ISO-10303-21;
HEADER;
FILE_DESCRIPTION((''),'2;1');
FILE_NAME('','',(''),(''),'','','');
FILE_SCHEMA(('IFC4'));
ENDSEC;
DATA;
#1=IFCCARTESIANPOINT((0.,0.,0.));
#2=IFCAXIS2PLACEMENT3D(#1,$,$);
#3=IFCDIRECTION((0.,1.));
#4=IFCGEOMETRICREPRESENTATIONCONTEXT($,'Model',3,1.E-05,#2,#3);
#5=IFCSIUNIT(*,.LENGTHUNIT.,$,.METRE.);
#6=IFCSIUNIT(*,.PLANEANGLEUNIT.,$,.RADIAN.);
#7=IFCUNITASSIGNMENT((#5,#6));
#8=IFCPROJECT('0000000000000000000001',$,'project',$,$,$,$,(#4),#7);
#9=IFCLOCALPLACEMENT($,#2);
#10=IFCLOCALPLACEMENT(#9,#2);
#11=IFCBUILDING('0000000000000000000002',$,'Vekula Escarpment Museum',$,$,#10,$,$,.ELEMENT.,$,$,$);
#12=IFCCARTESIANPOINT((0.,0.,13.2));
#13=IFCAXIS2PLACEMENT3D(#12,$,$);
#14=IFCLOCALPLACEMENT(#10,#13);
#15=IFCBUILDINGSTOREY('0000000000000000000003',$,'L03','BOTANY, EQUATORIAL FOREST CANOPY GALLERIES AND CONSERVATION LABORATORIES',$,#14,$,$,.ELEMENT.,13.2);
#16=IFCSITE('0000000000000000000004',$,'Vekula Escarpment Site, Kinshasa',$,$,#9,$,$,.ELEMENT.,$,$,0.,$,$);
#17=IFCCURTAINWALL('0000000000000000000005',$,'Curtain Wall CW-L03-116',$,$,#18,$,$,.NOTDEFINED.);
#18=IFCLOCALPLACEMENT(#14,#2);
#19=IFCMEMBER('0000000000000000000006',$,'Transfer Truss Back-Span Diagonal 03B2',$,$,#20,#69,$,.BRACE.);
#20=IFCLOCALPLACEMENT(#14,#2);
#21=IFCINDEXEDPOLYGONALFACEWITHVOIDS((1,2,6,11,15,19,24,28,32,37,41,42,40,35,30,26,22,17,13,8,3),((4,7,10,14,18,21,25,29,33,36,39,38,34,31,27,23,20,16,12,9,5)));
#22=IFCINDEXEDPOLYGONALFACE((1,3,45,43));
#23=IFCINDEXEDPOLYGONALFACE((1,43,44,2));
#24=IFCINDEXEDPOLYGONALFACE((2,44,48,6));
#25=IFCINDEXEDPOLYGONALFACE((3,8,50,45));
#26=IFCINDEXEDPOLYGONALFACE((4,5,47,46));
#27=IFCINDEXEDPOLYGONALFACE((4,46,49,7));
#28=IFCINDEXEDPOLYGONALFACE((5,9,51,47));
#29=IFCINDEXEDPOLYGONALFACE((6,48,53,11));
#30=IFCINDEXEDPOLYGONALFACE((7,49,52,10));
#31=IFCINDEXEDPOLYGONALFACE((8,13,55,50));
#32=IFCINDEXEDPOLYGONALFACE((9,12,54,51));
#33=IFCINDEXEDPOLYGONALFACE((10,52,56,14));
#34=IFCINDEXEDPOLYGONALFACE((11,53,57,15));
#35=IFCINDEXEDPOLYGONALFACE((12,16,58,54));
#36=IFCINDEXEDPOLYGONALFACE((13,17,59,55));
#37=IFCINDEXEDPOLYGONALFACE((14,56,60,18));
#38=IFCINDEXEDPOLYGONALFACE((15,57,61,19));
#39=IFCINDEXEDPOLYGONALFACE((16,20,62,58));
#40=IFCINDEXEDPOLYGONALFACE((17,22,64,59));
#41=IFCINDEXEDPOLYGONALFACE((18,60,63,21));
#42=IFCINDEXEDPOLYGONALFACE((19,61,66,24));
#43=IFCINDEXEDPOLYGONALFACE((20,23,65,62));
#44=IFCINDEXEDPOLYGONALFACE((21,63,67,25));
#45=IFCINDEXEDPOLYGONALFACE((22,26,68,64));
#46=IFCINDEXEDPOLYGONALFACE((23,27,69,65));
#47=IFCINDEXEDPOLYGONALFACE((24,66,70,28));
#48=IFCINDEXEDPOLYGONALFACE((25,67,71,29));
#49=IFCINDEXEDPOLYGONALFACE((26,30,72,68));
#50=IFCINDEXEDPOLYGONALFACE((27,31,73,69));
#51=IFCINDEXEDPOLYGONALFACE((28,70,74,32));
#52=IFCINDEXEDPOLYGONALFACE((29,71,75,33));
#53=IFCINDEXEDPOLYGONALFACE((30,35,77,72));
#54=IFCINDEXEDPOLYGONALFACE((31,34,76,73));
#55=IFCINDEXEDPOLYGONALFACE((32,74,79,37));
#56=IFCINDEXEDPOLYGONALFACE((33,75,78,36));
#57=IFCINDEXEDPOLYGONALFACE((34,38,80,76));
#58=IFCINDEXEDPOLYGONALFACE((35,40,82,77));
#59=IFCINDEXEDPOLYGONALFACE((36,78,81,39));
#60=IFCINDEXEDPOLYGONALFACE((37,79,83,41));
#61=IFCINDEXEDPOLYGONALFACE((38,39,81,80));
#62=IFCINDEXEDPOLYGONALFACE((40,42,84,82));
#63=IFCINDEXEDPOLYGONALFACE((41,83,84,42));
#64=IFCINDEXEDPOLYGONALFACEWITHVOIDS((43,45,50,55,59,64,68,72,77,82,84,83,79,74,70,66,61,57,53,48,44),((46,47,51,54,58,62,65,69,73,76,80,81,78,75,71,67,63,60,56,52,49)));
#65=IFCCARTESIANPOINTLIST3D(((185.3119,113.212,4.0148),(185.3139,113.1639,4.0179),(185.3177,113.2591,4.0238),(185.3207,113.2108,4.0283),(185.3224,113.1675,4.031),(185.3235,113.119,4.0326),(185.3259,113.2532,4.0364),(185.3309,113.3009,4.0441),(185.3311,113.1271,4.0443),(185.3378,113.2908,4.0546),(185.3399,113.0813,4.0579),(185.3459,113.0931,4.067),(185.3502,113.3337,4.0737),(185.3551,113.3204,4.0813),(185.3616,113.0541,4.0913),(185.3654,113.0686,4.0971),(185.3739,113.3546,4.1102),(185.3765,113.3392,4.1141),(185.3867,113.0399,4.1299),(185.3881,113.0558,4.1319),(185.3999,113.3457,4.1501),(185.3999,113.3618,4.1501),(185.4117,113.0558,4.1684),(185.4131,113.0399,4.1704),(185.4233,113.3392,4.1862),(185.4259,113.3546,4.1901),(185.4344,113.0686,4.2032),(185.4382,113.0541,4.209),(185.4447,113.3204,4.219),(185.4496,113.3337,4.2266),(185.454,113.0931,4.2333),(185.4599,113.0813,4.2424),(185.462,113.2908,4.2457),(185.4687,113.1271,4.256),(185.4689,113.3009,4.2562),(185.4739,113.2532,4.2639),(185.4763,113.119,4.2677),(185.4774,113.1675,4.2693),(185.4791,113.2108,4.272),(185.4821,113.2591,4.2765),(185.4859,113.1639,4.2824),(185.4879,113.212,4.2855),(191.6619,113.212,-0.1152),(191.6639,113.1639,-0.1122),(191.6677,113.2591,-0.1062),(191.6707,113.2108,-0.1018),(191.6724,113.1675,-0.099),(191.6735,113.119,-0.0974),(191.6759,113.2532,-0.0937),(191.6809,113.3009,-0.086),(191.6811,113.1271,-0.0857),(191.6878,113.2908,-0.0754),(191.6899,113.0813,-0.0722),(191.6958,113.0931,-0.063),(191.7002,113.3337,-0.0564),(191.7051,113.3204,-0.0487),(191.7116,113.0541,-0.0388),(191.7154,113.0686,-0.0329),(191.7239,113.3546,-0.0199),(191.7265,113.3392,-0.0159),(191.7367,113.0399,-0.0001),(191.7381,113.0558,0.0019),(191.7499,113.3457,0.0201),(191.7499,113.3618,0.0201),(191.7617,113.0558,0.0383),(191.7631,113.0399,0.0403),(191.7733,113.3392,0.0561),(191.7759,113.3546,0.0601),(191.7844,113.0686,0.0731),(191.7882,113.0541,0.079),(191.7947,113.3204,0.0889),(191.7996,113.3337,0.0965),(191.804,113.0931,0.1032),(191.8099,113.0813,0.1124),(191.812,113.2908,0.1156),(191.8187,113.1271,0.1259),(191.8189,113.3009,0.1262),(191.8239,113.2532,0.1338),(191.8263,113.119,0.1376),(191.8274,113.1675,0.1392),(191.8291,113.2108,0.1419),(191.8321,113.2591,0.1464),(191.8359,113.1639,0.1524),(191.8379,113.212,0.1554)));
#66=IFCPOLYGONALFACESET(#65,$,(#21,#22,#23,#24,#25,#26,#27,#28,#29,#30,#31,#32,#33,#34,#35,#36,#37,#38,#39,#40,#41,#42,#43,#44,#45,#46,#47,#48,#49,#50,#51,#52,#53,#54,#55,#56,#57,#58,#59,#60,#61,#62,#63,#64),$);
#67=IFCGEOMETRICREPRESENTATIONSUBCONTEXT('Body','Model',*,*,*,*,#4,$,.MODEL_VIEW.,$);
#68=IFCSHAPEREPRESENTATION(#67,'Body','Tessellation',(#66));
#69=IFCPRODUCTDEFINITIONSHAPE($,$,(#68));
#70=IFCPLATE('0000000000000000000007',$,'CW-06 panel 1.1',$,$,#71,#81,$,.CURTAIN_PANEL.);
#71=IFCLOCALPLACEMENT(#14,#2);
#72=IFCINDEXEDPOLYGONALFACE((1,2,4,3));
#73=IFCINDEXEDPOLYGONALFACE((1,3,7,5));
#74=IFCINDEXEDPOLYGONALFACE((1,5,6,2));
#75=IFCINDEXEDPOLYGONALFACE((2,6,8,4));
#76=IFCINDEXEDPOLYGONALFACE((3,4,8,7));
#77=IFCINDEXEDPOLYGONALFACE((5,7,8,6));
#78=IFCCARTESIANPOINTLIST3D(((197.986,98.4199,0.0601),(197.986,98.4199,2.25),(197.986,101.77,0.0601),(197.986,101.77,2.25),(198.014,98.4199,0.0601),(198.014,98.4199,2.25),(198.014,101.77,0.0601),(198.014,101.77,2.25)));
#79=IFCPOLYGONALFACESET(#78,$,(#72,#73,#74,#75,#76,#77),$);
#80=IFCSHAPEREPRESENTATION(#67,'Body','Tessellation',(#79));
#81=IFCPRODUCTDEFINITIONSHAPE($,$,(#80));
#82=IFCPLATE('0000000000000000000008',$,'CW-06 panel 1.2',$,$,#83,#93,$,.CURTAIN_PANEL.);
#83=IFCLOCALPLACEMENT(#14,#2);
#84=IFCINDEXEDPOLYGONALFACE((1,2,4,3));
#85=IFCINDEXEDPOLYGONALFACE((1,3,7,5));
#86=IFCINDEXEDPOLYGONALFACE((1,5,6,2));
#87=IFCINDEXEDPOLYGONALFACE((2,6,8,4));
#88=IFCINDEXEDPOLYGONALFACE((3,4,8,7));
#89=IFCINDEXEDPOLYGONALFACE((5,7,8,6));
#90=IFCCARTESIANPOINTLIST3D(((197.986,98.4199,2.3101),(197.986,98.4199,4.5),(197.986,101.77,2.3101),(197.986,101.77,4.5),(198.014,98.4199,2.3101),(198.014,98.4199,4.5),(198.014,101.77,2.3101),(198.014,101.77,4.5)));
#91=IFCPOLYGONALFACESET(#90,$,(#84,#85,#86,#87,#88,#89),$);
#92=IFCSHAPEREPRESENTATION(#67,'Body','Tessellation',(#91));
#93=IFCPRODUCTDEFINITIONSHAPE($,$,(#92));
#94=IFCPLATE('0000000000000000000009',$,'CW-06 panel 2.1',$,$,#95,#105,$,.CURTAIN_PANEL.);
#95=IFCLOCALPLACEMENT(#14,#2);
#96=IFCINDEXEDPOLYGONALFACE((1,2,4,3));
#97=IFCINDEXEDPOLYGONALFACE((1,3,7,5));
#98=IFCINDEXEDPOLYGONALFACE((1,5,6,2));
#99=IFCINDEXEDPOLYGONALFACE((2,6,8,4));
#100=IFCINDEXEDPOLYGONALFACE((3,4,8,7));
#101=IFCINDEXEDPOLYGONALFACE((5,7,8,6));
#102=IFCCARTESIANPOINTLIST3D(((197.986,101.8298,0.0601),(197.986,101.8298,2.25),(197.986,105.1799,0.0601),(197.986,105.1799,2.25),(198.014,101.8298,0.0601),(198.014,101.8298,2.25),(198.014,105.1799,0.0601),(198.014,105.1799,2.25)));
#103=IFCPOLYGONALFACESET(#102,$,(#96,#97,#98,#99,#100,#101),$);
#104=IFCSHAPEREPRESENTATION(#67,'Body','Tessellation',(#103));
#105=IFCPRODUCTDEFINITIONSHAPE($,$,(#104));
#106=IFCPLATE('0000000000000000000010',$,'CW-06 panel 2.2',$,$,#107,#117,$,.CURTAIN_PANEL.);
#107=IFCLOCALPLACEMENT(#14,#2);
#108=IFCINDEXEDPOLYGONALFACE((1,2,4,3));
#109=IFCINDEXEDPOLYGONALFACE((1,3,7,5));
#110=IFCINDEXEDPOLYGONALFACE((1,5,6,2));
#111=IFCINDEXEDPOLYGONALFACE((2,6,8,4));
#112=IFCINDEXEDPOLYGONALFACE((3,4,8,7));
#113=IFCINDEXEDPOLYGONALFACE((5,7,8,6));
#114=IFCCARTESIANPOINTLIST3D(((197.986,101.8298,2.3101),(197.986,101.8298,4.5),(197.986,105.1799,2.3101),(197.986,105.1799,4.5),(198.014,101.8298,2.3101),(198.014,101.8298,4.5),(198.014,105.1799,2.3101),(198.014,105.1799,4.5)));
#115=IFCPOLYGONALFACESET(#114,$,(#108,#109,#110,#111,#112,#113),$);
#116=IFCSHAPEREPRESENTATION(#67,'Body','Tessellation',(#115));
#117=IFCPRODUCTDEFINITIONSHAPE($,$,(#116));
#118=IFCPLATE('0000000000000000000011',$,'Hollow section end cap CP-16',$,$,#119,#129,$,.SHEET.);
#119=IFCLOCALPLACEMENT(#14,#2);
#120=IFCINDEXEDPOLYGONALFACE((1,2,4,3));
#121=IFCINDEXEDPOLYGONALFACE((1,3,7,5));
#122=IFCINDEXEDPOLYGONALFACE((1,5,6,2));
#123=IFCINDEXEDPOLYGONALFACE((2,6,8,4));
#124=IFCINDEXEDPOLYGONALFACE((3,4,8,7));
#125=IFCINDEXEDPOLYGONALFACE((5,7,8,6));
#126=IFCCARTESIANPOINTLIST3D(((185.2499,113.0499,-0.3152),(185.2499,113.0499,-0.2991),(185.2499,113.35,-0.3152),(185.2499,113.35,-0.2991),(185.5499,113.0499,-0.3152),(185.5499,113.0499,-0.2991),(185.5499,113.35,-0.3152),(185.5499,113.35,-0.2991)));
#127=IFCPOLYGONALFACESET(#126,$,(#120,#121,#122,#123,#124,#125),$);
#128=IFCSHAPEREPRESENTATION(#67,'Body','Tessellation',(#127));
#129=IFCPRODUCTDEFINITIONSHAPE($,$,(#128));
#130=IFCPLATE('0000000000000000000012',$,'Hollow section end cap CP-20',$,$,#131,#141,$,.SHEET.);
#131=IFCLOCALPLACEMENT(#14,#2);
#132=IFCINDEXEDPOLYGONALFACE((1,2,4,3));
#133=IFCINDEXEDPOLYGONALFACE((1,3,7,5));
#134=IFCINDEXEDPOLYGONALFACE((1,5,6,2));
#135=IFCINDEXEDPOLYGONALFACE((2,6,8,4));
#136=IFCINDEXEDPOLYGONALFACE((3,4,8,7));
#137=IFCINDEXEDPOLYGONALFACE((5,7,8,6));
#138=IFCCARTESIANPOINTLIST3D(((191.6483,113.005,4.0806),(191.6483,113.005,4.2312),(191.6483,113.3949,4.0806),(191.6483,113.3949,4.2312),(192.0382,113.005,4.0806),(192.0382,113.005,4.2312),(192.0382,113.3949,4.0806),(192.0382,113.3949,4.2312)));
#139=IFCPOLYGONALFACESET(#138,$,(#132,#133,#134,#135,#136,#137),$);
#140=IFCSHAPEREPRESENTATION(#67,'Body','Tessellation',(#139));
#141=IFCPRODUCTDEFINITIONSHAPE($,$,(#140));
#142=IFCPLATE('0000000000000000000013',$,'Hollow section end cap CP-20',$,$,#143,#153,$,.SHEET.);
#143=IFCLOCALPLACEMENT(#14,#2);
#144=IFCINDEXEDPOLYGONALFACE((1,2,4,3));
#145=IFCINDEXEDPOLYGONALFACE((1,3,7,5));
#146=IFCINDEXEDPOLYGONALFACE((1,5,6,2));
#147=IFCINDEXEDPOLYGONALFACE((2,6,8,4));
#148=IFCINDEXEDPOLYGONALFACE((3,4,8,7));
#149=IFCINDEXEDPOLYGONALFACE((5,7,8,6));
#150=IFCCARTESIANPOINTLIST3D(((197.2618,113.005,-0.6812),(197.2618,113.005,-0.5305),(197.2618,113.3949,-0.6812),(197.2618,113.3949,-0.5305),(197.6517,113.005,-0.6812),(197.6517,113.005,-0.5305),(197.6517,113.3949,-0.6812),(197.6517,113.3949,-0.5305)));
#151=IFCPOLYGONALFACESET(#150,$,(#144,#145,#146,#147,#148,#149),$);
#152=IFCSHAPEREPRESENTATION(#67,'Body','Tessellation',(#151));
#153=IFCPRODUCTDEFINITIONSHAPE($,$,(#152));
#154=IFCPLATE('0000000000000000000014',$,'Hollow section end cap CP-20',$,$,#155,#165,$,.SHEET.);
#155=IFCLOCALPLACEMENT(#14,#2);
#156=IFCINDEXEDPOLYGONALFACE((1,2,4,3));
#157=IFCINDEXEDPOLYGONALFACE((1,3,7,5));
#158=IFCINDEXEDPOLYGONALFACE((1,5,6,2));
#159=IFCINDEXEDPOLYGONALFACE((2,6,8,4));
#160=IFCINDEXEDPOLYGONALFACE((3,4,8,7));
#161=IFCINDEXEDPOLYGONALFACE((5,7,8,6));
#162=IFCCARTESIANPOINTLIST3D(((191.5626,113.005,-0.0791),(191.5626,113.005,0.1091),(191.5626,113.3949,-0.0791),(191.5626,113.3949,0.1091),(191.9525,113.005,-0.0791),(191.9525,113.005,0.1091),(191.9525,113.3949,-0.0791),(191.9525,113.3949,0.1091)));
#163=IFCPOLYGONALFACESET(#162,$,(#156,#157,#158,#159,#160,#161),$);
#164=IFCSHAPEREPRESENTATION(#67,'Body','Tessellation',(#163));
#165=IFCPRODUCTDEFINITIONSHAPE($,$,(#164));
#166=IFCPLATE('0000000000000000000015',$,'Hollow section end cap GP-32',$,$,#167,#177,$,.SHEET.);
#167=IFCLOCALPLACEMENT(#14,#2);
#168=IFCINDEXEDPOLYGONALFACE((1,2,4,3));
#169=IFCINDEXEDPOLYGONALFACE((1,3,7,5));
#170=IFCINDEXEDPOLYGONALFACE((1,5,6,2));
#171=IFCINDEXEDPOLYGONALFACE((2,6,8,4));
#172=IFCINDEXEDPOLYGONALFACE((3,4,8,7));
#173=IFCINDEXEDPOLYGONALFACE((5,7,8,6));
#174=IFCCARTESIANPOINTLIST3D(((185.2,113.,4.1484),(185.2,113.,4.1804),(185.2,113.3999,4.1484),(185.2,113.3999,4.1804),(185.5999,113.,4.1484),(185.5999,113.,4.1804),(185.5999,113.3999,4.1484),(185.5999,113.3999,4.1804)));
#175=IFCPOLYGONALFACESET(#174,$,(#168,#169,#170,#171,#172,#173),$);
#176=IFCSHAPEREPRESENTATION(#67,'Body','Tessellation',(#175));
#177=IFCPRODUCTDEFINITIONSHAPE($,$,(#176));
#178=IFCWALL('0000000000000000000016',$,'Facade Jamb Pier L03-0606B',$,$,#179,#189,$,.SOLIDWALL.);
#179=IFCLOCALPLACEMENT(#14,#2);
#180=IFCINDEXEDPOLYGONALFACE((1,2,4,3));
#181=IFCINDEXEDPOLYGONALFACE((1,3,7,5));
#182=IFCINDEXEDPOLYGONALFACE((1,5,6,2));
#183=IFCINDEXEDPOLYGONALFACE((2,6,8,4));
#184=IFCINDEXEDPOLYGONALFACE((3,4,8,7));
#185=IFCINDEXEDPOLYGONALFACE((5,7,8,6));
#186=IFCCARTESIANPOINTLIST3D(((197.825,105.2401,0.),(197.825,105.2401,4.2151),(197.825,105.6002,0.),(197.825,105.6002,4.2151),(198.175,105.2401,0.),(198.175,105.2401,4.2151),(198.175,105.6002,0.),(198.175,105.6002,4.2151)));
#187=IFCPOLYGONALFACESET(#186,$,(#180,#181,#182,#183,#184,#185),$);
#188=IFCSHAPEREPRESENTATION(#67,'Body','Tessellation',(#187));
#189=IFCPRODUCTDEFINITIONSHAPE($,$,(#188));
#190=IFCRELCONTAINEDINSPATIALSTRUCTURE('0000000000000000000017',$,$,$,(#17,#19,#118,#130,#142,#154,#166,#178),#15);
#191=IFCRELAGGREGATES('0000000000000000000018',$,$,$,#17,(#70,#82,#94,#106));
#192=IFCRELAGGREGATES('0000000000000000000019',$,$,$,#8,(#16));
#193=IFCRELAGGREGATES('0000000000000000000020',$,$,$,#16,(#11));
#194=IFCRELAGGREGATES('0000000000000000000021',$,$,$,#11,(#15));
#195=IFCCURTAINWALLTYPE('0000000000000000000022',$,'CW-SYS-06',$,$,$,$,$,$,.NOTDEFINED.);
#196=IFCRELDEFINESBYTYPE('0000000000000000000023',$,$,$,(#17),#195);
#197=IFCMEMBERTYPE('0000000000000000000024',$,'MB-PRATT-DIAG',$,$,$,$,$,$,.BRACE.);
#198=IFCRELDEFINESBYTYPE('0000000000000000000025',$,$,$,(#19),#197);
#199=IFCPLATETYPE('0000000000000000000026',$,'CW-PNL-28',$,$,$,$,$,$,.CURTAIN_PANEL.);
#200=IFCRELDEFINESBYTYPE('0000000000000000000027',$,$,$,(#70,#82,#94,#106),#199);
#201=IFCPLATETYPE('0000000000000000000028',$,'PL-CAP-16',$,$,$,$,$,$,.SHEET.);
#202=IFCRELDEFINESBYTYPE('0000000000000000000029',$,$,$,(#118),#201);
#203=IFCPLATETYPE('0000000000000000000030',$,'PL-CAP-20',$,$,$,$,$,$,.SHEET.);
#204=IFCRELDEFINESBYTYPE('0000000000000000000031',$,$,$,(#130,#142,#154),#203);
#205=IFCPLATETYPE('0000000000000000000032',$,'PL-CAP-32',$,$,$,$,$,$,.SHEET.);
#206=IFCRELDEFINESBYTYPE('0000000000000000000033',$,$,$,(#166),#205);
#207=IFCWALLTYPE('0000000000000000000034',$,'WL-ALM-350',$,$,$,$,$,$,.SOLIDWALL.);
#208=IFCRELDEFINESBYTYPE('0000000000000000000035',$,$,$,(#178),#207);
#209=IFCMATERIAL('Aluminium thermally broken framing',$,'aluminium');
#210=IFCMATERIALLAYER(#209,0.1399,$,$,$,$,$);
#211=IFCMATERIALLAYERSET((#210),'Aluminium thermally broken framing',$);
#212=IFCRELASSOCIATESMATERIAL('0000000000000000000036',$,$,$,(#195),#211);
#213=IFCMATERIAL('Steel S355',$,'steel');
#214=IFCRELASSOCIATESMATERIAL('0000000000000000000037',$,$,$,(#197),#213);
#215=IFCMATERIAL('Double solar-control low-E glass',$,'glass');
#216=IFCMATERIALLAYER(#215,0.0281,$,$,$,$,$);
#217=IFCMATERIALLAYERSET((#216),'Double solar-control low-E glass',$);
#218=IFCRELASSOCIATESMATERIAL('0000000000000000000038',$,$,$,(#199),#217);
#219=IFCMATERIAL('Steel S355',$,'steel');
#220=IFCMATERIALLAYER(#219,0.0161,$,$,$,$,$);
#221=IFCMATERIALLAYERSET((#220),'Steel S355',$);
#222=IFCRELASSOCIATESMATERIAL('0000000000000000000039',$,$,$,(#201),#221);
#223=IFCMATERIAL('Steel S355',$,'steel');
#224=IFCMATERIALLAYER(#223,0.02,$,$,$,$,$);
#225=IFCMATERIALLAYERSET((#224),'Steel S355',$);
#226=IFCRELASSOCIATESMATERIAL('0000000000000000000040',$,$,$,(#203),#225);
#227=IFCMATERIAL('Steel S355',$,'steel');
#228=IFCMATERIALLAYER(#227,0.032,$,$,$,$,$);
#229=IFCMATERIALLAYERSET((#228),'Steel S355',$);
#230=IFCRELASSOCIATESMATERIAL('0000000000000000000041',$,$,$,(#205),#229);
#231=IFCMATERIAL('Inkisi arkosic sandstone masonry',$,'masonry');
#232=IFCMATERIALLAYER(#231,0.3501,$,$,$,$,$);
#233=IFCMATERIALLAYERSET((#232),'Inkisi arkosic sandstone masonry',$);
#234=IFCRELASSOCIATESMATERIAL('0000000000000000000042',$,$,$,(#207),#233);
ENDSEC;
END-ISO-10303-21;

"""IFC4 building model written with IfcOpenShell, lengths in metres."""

from ifc_helpers import new_model, si_unit, direction, frame, frame_2d, origin, origin_2d, place, context, subcontext, project, spatial, rectangle, hollow_circle, extrude, material, layer, layer_set, material_profile, profile_set, type_object, element, aggregate, save


model = new_model("IFC4")

# Units and contexts
model_context = context("Model", 3, precision=1e-05, world=origin(), true_north=direction((0.0, 1.0)))
body_context = subcontext(model_context, "Body", "Model", "MODEL_VIEW")
ifc_project = project(units=[si_unit("LENGTHUNIT", "METRE"), si_unit("PLANEANGLEUNIT", "RADIAN")], contexts=[model_context])

# Site, building, storey
site_placement = place(None, origin())
site = spatial("IfcSite", under=ifc_project, at=site_placement, Name="Vekula Escarpment Site, Kinshasa", CompositionType="ELEMENT", RefElevation=0.0)
building_placement = place(site_placement, origin())
building = spatial("IfcBuilding", under=site, at=building_placement, Name="Vekula Escarpment Museum", CompositionType="ELEMENT")
storey_placement = place(building_placement, frame((0.0, 0.0, 13.2)))
storey = spatial("IfcBuildingStorey", under=building, at=storey_placement, Name="L03", Description="BOTANY, EQUATORIAL FOREST CANOPY GALLERIES AND CONSERVATION LABORATORIES", CompositionType="ELEMENT", Elevation=13.2)

# Curtain wall
ifc_material_1 = material(Name="Aluminium thermally broken framing", Category="aluminium")
ifc_layer_1 = layer(ifc_material_1, 0.1399)
ifc_layer_set_1 = layer_set([ifc_layer_1], Name="Aluminium thermally broken framing")
curtain_wall_type = type_object("IfcCurtainWallType", Name="CW-SYS-06", PredefinedType="NOTDEFINED", material=ifc_layer_set_1)
curtain_wall_placement = place(storey_placement, origin())
curtain_wall = element("IfcCurtainWall", 1, at=curtain_wall_placement, inside=storey, type_object=curtain_wall_type, Name="Curtain Wall CW-L03-116", PredefinedType="NOTDEFINED")

# Member
ifc_material_2 = material(Name="Steel S355", Category="steel")
ifc_material_profile_1 = material_profile(ifc_material_2, hollow_circle(Radius=0.1619, WallThickness=0.0161, at=origin_2d()), Name="CHS 323.9x16")
ifc_profile_set_1 = profile_set([ifc_material_profile_1], Name="Steel S355")
member_type_1 = type_object("IfcMemberType", Name="MB-PRATT-DIAG", PredefinedType="BRACE", material=ifc_profile_set_1)
member_1_placement = place(storey_placement, frame((185.3999, 113.2, 4.1501), z_axis=(0.838289, 0.0, -0.545226), x_axis=(0.0, 1.0, 0.0)))
element("IfcMember", 2, at=member_1_placement, inside=storey, type_object=member_type_1, Name="Transfer Truss Back-Span Diagonal 03B2", PredefinedType="BRACE", context=body_context, shape_type="SweptSolid", body=[
    extrude(hollow_circle(Radius=0.1619, WallThickness=0.0161, at=origin_2d()), origin(), (0.0, 0.0, 1.0), 7.575),
])

# Plates
ifc_material_3 = material(Name="Double solar-control low-E glass", Category="glass")
ifc_layer_2 = layer(ifc_material_3, 0.0281)
ifc_layer_set_2 = layer_set([ifc_layer_2], Name="Double solar-control low-E glass")
plate_type_1 = type_object("IfcPlateType", Name="CW-PNL-28", PredefinedType="CURTAIN_PANEL", material=ifc_layer_set_2)
plate_1_placement = place(storey_placement, frame((198.0, 100.095, 0.0601), z_axis=(0.0, 0.0, 1.0), x_axis=(0.0, 1.0, 0.0)))
plate_1 = element("IfcPlate", 3, at=plate_1_placement, type_object=plate_type_1, Name="CW-06 panel 1.1", PredefinedType="CURTAIN_PANEL", context=body_context, shape_type="SweptSolid", body=[
    extrude(rectangle(XDim=3.3501, YDim=0.0281, at=origin_2d()), origin(), (0.0, 0.0, 1.0), 2.1899),
])
plate_2_placement = place(storey_placement, frame((198.0, 100.095, 2.3101), z_axis=(0.0, 0.0, 1.0), x_axis=(0.0, 1.0, 0.0)))
plate_2 = element("IfcPlate", 4, at=plate_2_placement, type_object=plate_type_1, Name="CW-06 panel 1.2", PredefinedType="CURTAIN_PANEL", context=body_context, shape_type="SweptSolid", body=[
    extrude(rectangle(XDim=3.3501, YDim=0.0281, at=origin_2d()), origin(), (0.0, 0.0, 1.0), 2.1899),
])
plate_3_placement = place(storey_placement, frame((198.0, 103.5049, 0.0601), z_axis=(0.0, 0.0, 1.0), x_axis=(0.0, 1.0, 0.0)))
plate_3 = element("IfcPlate", 5, at=plate_3_placement, type_object=plate_type_1, Name="CW-06 panel 2.1", PredefinedType="CURTAIN_PANEL", context=body_context, shape_type="SweptSolid", body=[
    extrude(rectangle(XDim=3.3501, YDim=0.0281, at=origin_2d()), origin(), (0.0, 0.0, 1.0), 2.1899),
])
plate_4_placement = place(storey_placement, frame((198.0, 103.5049, 2.3101), z_axis=(0.0, 0.0, 1.0), x_axis=(0.0, 1.0, 0.0)))
plate_4 = element("IfcPlate", 6, at=plate_4_placement, type_object=plate_type_1, Name="CW-06 panel 2.2", PredefinedType="CURTAIN_PANEL", context=body_context, shape_type="SweptSolid", body=[
    extrude(rectangle(XDim=3.3501, YDim=0.0281, at=origin_2d()), origin(), (0.0, 0.0, 1.0), 2.1899),
])
aggregate(curtain_wall, [plate_1, plate_2, plate_3, plate_4])

# Plates
ifc_material_4 = material(Name="Steel S355", Category="steel")
ifc_layer_3 = layer(ifc_material_4, 0.0161)
ifc_layer_set_3 = layer_set([ifc_layer_3], Name="Steel S355")
plate_type_2 = type_object("IfcPlateType", Name="PL-CAP-16", PredefinedType="SHEET", material=ifc_layer_set_3)
plate_5_placement = place(storey_placement, frame((185.3999, 113.2, -0.3152), z_axis=(0.0, 0.0, 1.0), x_axis=(1.0, 0.0, 0.0)))
element("IfcPlate", 7, at=plate_5_placement, inside=storey, type_object=plate_type_2, Name="Hollow section end cap CP-16", PredefinedType="SHEET", context=body_context, shape_type="SweptSolid", body=[
    extrude(rectangle(XDim=0.3, YDim=0.3, at=origin_2d()), origin(), (0.0, 0.0, 1.0), 0.0161),
])
ifc_material_5 = material(Name="Steel S355", Category="steel")
ifc_layer_4 = layer(ifc_material_5, 0.02)
ifc_layer_set_4 = layer_set([ifc_layer_4], Name="Steel S355")
plate_type_3 = type_object("IfcPlateType", Name="PL-CAP-20", PredefinedType="SHEET", material=ifc_layer_set_4)
for number, where, z_axis, x_axis, name in (
    (8, (191.8433, 113.2, 4.0806), (0.0, 0.0, 1.0), (1.0, 0.0, 0.0), "Hollow section end cap CP-20"),
    (9, (197.4568, 113.2, -0.6812), (0.0, 0.0, 1.0), (1.0, 0.0, 0.0), "Hollow section end cap CP-20"),
):
    element("IfcPlate", number, at=place(storey_placement, frame(where, z_axis=z_axis, x_axis=x_axis)), inside=storey, type_object=plate_type_3, Name=name, PredefinedType="SHEET", context=body_context, shape_type="SweptSolid", body=[
        extrude(rectangle(XDim=0.3899, YDim=0.3899, at=origin_2d()), origin(), (0.0, 0.0, 1.0), 0.1506),
    ])
plate_6_placement = place(storey_placement, frame((191.7576, 113.2, -0.0791), z_axis=(0.0, 0.0, 1.0), x_axis=(1.0, 0.0, 0.0)))
element("IfcPlate", 10, at=plate_6_placement, inside=storey, type_object=plate_type_3, Name="Hollow section end cap CP-20", PredefinedType="SHEET", context=body_context, shape_type="SweptSolid", body=[
    extrude(rectangle(XDim=0.3899, YDim=0.3899, at=origin_2d()), origin(), (0.0, 0.0, 1.0), 0.1882),
])
ifc_material_6 = material(Name="Steel S355", Category="steel")
ifc_layer_5 = layer(ifc_material_6, 0.032)
ifc_layer_set_5 = layer_set([ifc_layer_5], Name="Steel S355")
plate_type_4 = type_object("IfcPlateType", Name="PL-CAP-32", PredefinedType="SHEET", material=ifc_layer_set_5)
plate_7_placement = place(storey_placement, frame((185.3999, 113.2, 4.1484), z_axis=(0.0, 0.0, 1.0), x_axis=(1.0, 0.0, 0.0)))
element("IfcPlate", 11, at=plate_7_placement, inside=storey, type_object=plate_type_4, Name="Hollow section end cap GP-32", PredefinedType="SHEET", context=body_context, shape_type="SweptSolid", body=[
    extrude(rectangle(XDim=0.3999, YDim=0.3999, at=origin_2d()), origin(), (0.0, 0.0, 1.0), 0.032),
])

# Wall
ifc_material_7 = material(Name="Inkisi arkosic sandstone masonry", Category="masonry")
ifc_layer_6 = layer(ifc_material_7, 0.3501)
ifc_layer_set_6 = layer_set([ifc_layer_6], Name="Inkisi arkosic sandstone masonry")
wall_type_1 = type_object("IfcWallType", Name="WL-ALM-350", PredefinedType="SOLIDWALL", material=ifc_layer_set_6)
wall_1_placement = place(storey_placement, frame((198.0, 105.24, 0.0), z_axis=(0.0, 0.0, 1.0), x_axis=(0.0, 1.0, 0.0)))
element("IfcWall", 12, at=wall_1_placement, inside=storey, type_object=wall_type_1, Name="Facade Jamb Pier L03-0606B", PredefinedType="SOLIDWALL", context=body_context, shape_type="SweptSolid", body=[
    extrude(rectangle(XDim=0.3601, YDim=0.3501, at=frame_2d((0.1802, 0.0))), origin(), (0.0, 0.0, 1.0), 4.2151),
])

save(model, "model.ifc")
